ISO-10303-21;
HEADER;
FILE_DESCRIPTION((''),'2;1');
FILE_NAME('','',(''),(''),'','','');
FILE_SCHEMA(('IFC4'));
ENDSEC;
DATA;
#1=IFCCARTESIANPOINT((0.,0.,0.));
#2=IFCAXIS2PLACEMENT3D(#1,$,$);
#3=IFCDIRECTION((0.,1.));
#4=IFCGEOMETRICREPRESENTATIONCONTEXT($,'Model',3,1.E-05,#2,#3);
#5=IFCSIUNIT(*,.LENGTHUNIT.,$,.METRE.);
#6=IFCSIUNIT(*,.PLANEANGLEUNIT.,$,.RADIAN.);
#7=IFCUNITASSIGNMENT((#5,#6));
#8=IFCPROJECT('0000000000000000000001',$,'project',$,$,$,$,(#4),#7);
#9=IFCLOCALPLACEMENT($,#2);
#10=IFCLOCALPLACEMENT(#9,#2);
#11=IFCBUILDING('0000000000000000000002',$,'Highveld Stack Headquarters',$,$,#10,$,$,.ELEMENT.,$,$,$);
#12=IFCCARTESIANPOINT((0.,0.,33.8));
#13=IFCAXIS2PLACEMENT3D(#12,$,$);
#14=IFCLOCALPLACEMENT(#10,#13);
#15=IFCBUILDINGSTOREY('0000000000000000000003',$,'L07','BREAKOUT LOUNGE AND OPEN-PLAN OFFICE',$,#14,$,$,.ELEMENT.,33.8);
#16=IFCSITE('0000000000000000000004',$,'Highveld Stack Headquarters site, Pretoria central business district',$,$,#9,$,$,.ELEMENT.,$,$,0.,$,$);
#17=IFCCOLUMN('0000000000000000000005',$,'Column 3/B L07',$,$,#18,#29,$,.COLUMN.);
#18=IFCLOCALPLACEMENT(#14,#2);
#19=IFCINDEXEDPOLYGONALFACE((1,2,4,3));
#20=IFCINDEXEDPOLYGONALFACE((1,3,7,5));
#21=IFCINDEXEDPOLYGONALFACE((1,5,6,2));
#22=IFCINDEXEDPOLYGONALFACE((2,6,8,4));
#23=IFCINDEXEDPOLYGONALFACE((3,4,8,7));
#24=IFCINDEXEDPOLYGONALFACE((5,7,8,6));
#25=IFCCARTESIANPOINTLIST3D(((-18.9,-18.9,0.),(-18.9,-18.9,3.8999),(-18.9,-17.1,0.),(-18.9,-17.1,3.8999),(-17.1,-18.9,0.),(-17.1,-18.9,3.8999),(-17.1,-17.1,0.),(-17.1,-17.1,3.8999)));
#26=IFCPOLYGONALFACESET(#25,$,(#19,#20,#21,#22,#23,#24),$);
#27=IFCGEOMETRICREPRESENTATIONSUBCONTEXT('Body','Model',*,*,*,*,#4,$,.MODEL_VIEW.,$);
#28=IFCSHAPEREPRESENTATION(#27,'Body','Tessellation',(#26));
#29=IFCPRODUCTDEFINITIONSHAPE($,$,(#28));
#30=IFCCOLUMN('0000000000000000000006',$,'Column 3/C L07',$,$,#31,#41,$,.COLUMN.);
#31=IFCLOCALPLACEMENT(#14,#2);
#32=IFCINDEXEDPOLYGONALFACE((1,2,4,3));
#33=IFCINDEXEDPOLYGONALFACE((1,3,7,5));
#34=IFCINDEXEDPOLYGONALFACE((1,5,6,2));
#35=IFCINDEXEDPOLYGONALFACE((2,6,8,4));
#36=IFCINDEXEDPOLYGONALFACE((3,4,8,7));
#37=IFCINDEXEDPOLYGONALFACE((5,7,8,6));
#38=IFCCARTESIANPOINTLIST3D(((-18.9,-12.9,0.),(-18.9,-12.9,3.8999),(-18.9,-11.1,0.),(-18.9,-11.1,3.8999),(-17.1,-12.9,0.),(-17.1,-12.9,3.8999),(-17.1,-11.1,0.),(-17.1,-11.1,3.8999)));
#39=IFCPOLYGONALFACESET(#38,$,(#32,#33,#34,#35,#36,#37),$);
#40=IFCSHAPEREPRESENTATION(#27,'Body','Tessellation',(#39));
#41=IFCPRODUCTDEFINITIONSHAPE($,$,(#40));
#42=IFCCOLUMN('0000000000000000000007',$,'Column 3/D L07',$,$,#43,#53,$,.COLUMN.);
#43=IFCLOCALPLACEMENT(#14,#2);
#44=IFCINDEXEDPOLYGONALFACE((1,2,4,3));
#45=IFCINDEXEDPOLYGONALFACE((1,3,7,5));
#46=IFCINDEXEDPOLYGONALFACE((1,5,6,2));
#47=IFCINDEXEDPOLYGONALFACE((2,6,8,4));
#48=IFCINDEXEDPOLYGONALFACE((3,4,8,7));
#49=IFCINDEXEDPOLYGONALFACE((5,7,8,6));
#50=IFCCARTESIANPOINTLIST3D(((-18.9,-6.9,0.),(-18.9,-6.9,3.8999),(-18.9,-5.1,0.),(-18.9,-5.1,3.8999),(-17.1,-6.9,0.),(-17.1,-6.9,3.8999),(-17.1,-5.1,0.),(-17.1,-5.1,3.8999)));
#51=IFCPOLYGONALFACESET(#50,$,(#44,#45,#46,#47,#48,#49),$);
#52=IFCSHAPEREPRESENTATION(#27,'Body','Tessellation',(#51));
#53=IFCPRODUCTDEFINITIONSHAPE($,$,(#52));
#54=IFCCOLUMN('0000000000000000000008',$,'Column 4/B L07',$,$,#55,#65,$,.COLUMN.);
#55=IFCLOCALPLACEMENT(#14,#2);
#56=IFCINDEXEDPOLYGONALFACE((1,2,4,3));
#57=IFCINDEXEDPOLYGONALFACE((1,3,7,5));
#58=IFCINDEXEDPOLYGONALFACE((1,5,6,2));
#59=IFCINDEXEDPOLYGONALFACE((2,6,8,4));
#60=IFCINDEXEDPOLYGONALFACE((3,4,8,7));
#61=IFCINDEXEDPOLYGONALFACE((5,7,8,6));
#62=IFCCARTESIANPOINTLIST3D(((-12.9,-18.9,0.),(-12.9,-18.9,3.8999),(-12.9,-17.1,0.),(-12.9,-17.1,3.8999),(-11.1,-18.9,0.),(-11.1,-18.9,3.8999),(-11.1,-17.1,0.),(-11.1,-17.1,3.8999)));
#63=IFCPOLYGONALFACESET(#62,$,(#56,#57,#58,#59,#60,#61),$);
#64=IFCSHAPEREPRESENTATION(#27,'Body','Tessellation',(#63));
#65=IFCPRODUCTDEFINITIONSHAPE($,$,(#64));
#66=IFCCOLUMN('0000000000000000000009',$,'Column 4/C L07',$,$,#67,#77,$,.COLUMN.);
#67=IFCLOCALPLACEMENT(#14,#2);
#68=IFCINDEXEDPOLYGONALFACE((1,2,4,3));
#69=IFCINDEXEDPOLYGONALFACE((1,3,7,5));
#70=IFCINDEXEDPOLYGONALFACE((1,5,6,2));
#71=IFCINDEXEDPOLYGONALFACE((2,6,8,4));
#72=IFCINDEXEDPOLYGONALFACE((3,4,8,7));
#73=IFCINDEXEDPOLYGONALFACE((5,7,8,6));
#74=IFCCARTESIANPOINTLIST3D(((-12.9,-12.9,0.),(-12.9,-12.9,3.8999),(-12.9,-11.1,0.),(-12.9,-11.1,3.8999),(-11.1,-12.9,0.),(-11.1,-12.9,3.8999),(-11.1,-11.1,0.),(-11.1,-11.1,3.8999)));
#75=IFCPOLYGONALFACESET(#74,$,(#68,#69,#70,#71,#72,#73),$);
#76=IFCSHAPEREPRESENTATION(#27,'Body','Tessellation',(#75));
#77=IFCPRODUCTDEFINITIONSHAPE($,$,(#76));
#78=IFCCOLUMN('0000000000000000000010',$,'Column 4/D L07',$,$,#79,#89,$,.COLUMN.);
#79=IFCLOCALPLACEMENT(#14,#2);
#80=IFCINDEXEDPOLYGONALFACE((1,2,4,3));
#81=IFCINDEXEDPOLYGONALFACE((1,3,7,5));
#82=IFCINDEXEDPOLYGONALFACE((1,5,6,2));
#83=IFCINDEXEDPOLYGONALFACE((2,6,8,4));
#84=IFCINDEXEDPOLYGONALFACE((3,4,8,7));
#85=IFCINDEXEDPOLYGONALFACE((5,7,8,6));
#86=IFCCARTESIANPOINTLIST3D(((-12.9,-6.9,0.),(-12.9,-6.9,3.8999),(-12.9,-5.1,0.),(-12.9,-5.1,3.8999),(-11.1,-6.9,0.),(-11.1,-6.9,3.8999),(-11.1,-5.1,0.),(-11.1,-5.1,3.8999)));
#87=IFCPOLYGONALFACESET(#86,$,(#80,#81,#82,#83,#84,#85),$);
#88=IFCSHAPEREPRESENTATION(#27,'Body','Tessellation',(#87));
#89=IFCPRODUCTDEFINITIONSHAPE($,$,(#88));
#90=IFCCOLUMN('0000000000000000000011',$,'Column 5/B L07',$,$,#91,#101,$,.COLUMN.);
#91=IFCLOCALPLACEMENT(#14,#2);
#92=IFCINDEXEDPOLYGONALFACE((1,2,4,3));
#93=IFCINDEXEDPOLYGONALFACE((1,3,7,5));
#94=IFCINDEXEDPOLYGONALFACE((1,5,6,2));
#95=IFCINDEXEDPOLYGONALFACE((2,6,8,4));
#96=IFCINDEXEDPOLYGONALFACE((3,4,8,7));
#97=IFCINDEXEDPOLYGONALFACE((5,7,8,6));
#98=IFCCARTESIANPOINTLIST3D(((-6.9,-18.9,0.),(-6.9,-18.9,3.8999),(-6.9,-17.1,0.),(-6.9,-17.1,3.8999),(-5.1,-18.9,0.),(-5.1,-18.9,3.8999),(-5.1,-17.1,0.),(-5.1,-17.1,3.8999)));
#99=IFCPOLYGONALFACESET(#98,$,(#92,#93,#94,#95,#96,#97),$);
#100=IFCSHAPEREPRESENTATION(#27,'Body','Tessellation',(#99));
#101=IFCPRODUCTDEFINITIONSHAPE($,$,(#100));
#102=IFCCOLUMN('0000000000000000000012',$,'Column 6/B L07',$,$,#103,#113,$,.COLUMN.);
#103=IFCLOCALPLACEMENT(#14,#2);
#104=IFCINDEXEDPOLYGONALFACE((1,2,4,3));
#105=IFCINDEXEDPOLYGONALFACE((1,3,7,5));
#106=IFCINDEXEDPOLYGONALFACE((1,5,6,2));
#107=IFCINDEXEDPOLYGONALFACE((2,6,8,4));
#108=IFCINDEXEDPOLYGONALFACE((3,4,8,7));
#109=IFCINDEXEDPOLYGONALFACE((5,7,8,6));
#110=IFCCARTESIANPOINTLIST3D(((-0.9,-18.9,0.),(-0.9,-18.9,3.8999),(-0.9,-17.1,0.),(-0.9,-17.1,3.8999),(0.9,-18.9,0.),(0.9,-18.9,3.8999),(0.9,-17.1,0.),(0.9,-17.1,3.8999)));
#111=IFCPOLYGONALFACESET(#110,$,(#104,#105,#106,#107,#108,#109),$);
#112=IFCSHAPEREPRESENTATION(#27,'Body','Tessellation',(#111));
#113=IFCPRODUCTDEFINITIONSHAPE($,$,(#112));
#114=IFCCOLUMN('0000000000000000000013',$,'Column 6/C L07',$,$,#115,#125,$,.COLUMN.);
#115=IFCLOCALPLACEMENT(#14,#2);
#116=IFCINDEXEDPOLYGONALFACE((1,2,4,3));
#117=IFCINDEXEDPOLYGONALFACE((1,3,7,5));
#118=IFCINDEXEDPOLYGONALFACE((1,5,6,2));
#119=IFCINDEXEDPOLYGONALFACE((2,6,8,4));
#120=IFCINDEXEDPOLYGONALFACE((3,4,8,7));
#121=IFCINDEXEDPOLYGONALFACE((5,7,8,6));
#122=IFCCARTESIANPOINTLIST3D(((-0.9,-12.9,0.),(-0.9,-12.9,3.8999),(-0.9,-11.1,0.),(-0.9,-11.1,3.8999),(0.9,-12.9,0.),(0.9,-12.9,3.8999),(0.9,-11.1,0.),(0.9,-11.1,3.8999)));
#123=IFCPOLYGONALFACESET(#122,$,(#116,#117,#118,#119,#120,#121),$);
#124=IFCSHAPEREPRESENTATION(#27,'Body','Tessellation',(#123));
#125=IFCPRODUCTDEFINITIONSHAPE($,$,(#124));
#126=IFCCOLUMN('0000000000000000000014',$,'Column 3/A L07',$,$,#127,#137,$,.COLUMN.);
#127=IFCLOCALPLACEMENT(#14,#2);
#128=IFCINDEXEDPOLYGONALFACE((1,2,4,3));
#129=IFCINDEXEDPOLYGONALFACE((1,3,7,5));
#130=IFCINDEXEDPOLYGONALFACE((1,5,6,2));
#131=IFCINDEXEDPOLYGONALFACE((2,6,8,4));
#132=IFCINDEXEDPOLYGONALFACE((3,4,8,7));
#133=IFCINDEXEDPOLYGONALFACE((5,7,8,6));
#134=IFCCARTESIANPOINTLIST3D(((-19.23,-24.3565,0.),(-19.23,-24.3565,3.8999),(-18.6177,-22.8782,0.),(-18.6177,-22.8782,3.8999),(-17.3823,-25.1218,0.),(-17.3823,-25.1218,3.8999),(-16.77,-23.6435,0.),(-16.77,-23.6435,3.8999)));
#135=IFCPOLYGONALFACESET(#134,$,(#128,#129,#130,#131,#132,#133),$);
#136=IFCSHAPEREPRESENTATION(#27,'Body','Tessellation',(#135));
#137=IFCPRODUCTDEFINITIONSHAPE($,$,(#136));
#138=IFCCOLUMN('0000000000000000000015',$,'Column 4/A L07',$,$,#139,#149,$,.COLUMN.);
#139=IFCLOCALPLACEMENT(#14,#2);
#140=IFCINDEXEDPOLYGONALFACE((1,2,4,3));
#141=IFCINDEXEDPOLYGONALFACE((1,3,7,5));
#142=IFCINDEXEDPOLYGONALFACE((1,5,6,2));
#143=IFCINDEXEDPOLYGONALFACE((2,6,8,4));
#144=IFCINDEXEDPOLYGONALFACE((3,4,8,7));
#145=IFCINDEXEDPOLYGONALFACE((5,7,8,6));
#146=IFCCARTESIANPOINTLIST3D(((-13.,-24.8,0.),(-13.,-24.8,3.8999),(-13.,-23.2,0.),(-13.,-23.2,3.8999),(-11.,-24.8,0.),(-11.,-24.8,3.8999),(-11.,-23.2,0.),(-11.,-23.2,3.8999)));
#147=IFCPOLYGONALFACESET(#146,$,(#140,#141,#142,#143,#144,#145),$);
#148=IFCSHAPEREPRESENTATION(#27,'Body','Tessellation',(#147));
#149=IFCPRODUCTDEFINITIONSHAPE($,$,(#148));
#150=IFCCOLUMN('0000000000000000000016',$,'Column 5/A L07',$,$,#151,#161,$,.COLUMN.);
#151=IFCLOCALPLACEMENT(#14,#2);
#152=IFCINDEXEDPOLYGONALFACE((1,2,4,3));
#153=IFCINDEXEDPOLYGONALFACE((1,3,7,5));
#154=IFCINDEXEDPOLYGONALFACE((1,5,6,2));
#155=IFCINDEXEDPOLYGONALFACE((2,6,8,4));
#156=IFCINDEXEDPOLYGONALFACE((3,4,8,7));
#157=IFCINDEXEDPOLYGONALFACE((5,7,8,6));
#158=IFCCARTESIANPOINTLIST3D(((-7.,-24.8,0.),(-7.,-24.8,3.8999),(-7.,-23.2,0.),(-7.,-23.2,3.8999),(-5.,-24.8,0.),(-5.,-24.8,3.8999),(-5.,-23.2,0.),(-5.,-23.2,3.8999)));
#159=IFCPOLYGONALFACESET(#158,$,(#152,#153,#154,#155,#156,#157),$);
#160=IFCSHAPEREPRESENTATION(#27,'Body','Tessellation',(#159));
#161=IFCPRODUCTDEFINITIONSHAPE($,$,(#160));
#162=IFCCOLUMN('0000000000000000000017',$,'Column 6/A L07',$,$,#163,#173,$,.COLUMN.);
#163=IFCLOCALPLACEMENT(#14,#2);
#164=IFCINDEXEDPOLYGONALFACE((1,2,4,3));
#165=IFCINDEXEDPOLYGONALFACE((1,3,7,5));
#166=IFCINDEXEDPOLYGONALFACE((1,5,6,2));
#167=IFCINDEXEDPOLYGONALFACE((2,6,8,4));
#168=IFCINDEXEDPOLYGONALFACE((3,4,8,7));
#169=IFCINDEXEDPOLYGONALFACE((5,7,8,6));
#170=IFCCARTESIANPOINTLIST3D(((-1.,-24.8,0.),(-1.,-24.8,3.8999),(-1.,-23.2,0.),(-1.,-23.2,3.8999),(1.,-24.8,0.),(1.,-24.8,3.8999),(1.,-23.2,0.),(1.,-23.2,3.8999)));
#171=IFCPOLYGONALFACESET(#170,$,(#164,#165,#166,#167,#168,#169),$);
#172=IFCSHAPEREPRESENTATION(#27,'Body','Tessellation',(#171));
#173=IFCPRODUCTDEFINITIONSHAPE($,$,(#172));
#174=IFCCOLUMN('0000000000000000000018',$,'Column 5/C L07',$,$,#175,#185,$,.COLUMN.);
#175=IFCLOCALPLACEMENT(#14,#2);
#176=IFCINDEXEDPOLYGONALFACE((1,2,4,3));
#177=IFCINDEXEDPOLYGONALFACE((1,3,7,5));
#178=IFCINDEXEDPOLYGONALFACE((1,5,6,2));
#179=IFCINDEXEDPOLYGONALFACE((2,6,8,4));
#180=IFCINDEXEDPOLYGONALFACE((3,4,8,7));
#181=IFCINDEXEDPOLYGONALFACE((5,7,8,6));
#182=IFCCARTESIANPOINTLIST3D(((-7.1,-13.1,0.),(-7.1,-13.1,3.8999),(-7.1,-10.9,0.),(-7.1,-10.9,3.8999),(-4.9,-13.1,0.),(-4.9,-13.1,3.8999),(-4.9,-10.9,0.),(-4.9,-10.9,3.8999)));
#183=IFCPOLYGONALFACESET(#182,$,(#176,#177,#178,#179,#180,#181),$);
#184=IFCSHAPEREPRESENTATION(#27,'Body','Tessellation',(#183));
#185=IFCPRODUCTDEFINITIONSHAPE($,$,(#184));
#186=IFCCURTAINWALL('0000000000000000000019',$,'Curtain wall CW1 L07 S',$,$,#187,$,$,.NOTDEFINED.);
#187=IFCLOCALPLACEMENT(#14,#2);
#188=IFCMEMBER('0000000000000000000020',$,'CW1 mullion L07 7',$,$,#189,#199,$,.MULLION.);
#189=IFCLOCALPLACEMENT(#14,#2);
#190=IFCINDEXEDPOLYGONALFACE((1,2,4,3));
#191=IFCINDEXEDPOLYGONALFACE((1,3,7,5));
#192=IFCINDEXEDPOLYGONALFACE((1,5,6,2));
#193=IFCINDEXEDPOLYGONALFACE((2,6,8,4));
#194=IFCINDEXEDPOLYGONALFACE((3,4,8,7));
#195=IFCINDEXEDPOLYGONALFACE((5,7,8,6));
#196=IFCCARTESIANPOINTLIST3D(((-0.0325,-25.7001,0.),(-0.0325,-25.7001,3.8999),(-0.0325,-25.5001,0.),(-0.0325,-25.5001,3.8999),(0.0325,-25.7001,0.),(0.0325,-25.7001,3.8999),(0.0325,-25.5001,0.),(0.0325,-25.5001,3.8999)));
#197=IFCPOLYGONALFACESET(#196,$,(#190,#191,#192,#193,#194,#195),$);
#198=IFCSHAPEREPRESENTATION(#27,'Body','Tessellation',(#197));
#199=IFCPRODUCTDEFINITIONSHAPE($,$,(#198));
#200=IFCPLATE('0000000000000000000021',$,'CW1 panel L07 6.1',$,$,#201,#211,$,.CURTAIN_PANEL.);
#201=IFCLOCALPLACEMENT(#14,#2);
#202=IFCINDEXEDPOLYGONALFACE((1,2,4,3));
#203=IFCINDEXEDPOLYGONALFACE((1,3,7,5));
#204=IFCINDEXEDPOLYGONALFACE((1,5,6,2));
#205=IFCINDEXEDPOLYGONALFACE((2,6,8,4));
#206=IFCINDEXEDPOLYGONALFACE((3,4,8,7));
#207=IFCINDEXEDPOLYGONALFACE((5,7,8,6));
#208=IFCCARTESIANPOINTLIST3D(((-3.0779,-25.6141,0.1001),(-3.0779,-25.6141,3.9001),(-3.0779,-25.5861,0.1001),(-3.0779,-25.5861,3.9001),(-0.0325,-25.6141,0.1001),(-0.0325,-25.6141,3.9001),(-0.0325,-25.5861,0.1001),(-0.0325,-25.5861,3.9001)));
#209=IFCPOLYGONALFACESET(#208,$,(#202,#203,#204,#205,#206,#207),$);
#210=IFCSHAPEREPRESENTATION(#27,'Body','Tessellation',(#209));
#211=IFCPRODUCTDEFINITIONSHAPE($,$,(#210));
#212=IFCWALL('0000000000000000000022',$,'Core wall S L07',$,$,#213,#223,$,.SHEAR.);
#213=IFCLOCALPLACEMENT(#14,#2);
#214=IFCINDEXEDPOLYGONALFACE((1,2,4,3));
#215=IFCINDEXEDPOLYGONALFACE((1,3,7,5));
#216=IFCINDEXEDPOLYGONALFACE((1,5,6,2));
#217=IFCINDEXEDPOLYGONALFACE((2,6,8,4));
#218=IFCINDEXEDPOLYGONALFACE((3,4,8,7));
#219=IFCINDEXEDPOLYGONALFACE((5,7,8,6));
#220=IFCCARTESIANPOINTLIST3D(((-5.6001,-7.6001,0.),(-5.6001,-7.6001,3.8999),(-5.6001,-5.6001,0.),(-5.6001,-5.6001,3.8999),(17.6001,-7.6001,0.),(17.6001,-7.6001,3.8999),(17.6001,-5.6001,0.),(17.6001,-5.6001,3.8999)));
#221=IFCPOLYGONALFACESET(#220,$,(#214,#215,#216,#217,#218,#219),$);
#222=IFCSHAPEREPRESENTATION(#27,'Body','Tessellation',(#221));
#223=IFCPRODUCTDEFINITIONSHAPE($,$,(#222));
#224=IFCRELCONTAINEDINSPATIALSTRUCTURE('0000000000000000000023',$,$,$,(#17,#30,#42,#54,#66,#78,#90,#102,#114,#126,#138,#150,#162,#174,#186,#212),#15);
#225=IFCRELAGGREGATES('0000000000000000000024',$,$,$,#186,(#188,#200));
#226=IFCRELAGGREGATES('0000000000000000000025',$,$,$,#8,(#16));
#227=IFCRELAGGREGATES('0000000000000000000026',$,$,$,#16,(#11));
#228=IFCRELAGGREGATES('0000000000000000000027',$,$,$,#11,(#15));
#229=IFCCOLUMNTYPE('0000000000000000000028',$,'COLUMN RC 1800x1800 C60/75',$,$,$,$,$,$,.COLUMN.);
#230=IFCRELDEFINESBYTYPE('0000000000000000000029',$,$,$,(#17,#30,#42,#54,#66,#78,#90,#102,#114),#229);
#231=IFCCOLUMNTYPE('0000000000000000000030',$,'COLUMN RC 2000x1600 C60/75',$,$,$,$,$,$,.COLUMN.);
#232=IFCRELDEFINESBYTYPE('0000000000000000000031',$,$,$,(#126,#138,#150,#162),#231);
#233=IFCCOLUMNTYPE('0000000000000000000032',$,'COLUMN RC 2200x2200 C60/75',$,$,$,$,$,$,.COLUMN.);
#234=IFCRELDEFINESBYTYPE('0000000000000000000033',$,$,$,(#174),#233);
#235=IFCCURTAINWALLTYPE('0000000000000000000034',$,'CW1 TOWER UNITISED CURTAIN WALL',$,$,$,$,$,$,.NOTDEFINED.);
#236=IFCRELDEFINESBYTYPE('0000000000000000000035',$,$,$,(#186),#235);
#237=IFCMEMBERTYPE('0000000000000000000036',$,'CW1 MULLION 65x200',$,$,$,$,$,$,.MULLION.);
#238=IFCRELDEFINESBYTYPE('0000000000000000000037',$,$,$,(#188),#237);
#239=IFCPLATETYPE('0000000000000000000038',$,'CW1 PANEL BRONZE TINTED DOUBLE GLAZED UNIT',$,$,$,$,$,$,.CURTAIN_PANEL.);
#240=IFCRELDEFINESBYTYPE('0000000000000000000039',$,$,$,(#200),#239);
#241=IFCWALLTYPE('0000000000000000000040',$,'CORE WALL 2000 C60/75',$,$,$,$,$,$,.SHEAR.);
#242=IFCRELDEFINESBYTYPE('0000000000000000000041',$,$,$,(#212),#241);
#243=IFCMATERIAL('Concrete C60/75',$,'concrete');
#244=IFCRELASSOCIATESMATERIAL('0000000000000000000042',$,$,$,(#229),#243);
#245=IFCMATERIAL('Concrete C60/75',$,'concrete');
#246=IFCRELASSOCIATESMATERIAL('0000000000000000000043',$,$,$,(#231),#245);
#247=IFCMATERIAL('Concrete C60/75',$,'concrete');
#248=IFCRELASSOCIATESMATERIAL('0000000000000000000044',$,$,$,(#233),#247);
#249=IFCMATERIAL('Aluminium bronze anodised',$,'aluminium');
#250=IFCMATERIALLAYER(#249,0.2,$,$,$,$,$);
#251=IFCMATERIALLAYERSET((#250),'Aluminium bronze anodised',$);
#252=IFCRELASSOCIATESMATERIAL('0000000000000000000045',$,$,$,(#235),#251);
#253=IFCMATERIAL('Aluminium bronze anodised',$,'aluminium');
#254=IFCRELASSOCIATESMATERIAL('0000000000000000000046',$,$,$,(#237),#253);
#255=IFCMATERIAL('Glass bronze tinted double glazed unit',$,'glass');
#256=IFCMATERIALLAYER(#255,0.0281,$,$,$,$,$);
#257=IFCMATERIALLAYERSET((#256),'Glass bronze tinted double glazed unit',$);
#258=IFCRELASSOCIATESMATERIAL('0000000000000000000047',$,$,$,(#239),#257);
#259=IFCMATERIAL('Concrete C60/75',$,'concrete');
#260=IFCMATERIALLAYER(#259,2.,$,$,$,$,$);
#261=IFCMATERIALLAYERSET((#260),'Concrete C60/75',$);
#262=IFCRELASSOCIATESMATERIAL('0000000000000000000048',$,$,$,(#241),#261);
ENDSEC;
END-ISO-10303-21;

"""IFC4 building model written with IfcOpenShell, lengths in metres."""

from ifc_helpers import new_model, si_unit, direction, frame, frame_2d, origin, origin_2d, place, context, subcontext, project, spatial, rectangle, extrude, material, layer, layer_set, material_profile, profile_set, type_object, element, aggregate, save


model = new_model("IFC4")

# Units and contexts
model_context = context("Model", 3, precision=1e-05, world=origin(), true_north=direction((0.0, 1.0)))
body_context = subcontext(model_context, "Body", "Model", "MODEL_VIEW")
ifc_project = project(units=[si_unit("LENGTHUNIT", "METRE"), si_unit("PLANEANGLEUNIT", "RADIAN")], contexts=[model_context])

# Site, building, storey
site_placement = place(None, origin())
site = spatial("IfcSite", under=ifc_project, at=site_placement, Name="Highveld Stack Headquarters site, Pretoria central business district", CompositionType="ELEMENT", RefElevation=0.0)
building_placement = place(site_placement, origin())
building = spatial("IfcBuilding", under=site, at=building_placement, Name="Highveld Stack Headquarters", CompositionType="ELEMENT")
storey_placement = place(building_placement, frame((0.0, 0.0, 33.8)))
storey = spatial("IfcBuildingStorey", under=building, at=storey_placement, Name="L07", Description="BREAKOUT LOUNGE AND OPEN-PLAN OFFICE", CompositionType="ELEMENT", Elevation=33.8)

# Columns
ifc_material_1 = material(Name="Concrete C60/75", Category="concrete")
ifc_material_profile_1 = material_profile(ifc_material_1, rectangle(XDim=1.8, YDim=1.8, at=origin_2d()), Name="RC 1800x1800")
ifc_profile_set_1 = profile_set([ifc_material_profile_1], Name="Concrete C60/75")
column_type_1 = type_object("IfcColumnType", Name="COLUMN RC 1800x1800 C60/75", PredefinedType="COLUMN", material=ifc_profile_set_1)
for number, where, z_axis, x_axis, name in (
    (1, (-18.0, -18.0, 0.0), (0.0, 0.0, 1.0), (1.0, 0.0, 0.0), "Column 3/B L07"),
    (2, (-18.0, -12.0, 0.0), (0.0, 0.0, 1.0), (1.0, 0.0, 0.0), "Column 3/C L07"),
    (3, (-18.0, -6.0, 0.0), (0.0, 0.0, 1.0), (1.0, 0.0, 0.0), "Column 3/D L07"),
    (4, (-12.0, -18.0, 0.0), (0.0, 0.0, 1.0), (1.0, 0.0, 0.0), "Column 4/B L07"),
    (5, (-12.0, -12.0, 0.0), (0.0, 0.0, 1.0), (1.0, 0.0, 0.0), "Column 4/C L07"),
    (6, (-12.0, -6.0, 0.0), (0.0, 0.0, 1.0), (1.0, 0.0, 0.0), "Column 4/D L07"),
    (7, (-6.0, -18.0, 0.0), (0.0, 0.0, 1.0), (1.0, 0.0, 0.0), "Column 5/B L07"),
    (8, (0.0, -18.0, 0.0), (0.0, 0.0, 1.0), (1.0, 0.0, 0.0), "Column 6/B L07"),
    (9, (0.0, -12.0, 0.0), (0.0, 0.0, 1.0), (1.0, 0.0, 0.0), "Column 6/C L07"),
):
    element("IfcColumn", number, at=place(storey_placement, frame(where, z_axis=z_axis, x_axis=x_axis)), inside=storey, type_object=column_type_1, Name=name, PredefinedType="COLUMN", context=body_context, shape_type="SweptSolid", body=[
        extrude(rectangle(XDim=1.8, YDim=1.8, at=origin_2d()), origin(), (0.0, 0.0, 1.0), 3.8999),
    ])
ifc_material_2 = material(Name="Concrete C60/75", Category="concrete")
ifc_material_profile_2 = material_profile(ifc_material_2, rectangle(XDim=2.0, YDim=1.6001, at=origin_2d()), Name="RC 2000x1600")
ifc_profile_set_2 = profile_set([ifc_material_profile_2], Name="Concrete C60/75")
column_type_2 = type_object("IfcColumnType", Name="COLUMN RC 2000x1600 C60/75", PredefinedType="COLUMN", material=ifc_profile_set_2)
for number, where, z_axis, x_axis, name in (
    (10, (-18.0, -24.0, 0.0), (0.0, 0.0, 1.0), (-0.92388, 0.382683, 0.0), "Column 3/A L07"),
    (11, (-12.0, -24.0, 0.0), (0.0, 0.0, 1.0), (1.0, 0.0, 0.0), "Column 4/A L07"),
    (12, (-6.0, -24.0, 0.0), (0.0, 0.0, 1.0), (1.0, 0.0, 0.0), "Column 5/A L07"),
    (13, (0.0, -24.0, 0.0), (0.0, 0.0, 1.0), (1.0, 0.0, 0.0), "Column 6/A L07"),
):
    element("IfcColumn", number, at=place(storey_placement, frame(where, z_axis=z_axis, x_axis=x_axis)), inside=storey, type_object=column_type_2, Name=name, PredefinedType="COLUMN", context=body_context, shape_type="SweptSolid", body=[
        extrude(rectangle(XDim=2.0, YDim=1.6001, at=origin_2d()), origin(), (0.0, 0.0, 1.0), 3.8999),
    ])
ifc_material_3 = material(Name="Concrete C60/75", Category="concrete")
ifc_material_profile_3 = material_profile(ifc_material_3, rectangle(XDim=2.2, YDim=2.2, at=origin_2d()), Name="RC 2200x2200")
ifc_profile_set_3 = profile_set([ifc_material_profile_3], Name="Concrete C60/75")
column_type_3 = type_object("IfcColumnType", Name="COLUMN RC 2200x2200 C60/75", PredefinedType="COLUMN", material=ifc_profile_set_3)
column_placement = place(storey_placement, frame((-6.0, -12.0, 0.0), z_axis=(0.0, 0.0, 1.0), x_axis=(1.0, 0.0, 0.0)))
element("IfcColumn", 14, at=column_placement, inside=storey, type_object=column_type_3, Name="Column 5/C L07", PredefinedType="COLUMN", context=body_context, shape_type="SweptSolid", body=[
    extrude(rectangle(XDim=2.2, YDim=2.2, at=origin_2d()), origin(), (0.0, 0.0, 1.0), 3.8999),
])

# Curtain wall, member, plate
ifc_material_4 = material(Name="Aluminium bronze anodised", Category="aluminium")
ifc_layer_1 = layer(ifc_material_4, 0.2)
ifc_layer_set_1 = layer_set([ifc_layer_1], Name="Aluminium bronze anodised")
curtain_wall_type = type_object("IfcCurtainWallType", Name="CW1 TOWER UNITISED CURTAIN WALL", PredefinedType="NOTDEFINED", material=ifc_layer_set_1)
curtain_wall_placement = place(storey_placement, origin())
curtain_wall = element("IfcCurtainWall", 15, at=curtain_wall_placement, inside=storey, type_object=curtain_wall_type, Name="Curtain wall CW1 L07 S", PredefinedType="NOTDEFINED")
ifc_material_5 = material(Name="Aluminium bronze anodised", Category="aluminium")
ifc_material_profile_4 = material_profile(ifc_material_5, rectangle(XDim=0.2, YDim=0.0649, at=origin_2d()), Name="CW1 MULLION 65x200")
ifc_profile_set_4 = profile_set([ifc_material_profile_4], Name="Aluminium bronze anodised")
member_type = type_object("IfcMemberType", Name="CW1 MULLION 65x200", PredefinedType="MULLION", material=ifc_profile_set_4)
member_placement = place(storey_placement, frame((0.0, -25.6001, 0.0), z_axis=(0.0, 0.0, 1.0), x_axis=(0.0, 1.0, 0.0)))
member = element("IfcMember", 16, at=member_placement, type_object=member_type, Name="CW1 mullion L07 7", PredefinedType="MULLION", context=body_context, shape_type="SweptSolid", body=[
    extrude(rectangle(XDim=0.2, YDim=0.0649, at=origin_2d()), origin(), (0.0, 0.0, 1.0), 3.8999),
])
ifc_material_6 = material(Name="Glass bronze tinted double glazed unit", Category="glass")
ifc_layer_2 = layer(ifc_material_6, 0.0281)
ifc_layer_set_2 = layer_set([ifc_layer_2], Name="Glass bronze tinted double glazed unit")
plate_type = type_object("IfcPlateType", Name="CW1 PANEL BRONZE TINTED DOUBLE GLAZED UNIT", PredefinedType="CURTAIN_PANEL", material=ifc_layer_set_2)
plate_placement = place(storey_placement, frame((-1.5552, -25.6001, 0.1001), z_axis=(0.0, 0.0, 1.0), x_axis=(1.0, 0.0, 0.0)))
plate = element("IfcPlate", 17, at=plate_placement, type_object=plate_type, Name="CW1 panel L07 6.1", PredefinedType="CURTAIN_PANEL", context=body_context, shape_type="SweptSolid", body=[
    extrude(rectangle(XDim=3.0454, YDim=0.0281, at=origin_2d()), origin(), (0.0, 0.0, 1.0), 3.8),
])
aggregate(curtain_wall, [member, plate])

# Wall
ifc_material_7 = material(Name="Concrete C60/75", Category="concrete")
ifc_layer_3 = layer(ifc_material_7, 2.0)
ifc_layer_set_3 = layer_set([ifc_layer_3], Name="Concrete C60/75")
wall_type_1 = type_object("IfcWallType", Name="CORE WALL 2000 C60/75", PredefinedType="SHEAR", material=ifc_layer_set_3)
wall_1_placement = place(storey_placement, frame((-5.6001, -6.6001, 0.0), z_axis=(0.0, 0.0, 1.0), x_axis=(1.0, 0.0, 0.0)))
element("IfcWall", 18, at=wall_1_placement, inside=storey, type_object=wall_type_1, Name="Core wall S L07", PredefinedType="SHEAR", context=body_context, shape_type="SweptSolid", body=[
    extrude(rectangle(XDim=23.2002, YDim=2.0, at=frame_2d((11.6001, 0.0))), origin(), (0.0, 0.0, 1.0), 3.8999),
])

save(model, "model.ifc")
